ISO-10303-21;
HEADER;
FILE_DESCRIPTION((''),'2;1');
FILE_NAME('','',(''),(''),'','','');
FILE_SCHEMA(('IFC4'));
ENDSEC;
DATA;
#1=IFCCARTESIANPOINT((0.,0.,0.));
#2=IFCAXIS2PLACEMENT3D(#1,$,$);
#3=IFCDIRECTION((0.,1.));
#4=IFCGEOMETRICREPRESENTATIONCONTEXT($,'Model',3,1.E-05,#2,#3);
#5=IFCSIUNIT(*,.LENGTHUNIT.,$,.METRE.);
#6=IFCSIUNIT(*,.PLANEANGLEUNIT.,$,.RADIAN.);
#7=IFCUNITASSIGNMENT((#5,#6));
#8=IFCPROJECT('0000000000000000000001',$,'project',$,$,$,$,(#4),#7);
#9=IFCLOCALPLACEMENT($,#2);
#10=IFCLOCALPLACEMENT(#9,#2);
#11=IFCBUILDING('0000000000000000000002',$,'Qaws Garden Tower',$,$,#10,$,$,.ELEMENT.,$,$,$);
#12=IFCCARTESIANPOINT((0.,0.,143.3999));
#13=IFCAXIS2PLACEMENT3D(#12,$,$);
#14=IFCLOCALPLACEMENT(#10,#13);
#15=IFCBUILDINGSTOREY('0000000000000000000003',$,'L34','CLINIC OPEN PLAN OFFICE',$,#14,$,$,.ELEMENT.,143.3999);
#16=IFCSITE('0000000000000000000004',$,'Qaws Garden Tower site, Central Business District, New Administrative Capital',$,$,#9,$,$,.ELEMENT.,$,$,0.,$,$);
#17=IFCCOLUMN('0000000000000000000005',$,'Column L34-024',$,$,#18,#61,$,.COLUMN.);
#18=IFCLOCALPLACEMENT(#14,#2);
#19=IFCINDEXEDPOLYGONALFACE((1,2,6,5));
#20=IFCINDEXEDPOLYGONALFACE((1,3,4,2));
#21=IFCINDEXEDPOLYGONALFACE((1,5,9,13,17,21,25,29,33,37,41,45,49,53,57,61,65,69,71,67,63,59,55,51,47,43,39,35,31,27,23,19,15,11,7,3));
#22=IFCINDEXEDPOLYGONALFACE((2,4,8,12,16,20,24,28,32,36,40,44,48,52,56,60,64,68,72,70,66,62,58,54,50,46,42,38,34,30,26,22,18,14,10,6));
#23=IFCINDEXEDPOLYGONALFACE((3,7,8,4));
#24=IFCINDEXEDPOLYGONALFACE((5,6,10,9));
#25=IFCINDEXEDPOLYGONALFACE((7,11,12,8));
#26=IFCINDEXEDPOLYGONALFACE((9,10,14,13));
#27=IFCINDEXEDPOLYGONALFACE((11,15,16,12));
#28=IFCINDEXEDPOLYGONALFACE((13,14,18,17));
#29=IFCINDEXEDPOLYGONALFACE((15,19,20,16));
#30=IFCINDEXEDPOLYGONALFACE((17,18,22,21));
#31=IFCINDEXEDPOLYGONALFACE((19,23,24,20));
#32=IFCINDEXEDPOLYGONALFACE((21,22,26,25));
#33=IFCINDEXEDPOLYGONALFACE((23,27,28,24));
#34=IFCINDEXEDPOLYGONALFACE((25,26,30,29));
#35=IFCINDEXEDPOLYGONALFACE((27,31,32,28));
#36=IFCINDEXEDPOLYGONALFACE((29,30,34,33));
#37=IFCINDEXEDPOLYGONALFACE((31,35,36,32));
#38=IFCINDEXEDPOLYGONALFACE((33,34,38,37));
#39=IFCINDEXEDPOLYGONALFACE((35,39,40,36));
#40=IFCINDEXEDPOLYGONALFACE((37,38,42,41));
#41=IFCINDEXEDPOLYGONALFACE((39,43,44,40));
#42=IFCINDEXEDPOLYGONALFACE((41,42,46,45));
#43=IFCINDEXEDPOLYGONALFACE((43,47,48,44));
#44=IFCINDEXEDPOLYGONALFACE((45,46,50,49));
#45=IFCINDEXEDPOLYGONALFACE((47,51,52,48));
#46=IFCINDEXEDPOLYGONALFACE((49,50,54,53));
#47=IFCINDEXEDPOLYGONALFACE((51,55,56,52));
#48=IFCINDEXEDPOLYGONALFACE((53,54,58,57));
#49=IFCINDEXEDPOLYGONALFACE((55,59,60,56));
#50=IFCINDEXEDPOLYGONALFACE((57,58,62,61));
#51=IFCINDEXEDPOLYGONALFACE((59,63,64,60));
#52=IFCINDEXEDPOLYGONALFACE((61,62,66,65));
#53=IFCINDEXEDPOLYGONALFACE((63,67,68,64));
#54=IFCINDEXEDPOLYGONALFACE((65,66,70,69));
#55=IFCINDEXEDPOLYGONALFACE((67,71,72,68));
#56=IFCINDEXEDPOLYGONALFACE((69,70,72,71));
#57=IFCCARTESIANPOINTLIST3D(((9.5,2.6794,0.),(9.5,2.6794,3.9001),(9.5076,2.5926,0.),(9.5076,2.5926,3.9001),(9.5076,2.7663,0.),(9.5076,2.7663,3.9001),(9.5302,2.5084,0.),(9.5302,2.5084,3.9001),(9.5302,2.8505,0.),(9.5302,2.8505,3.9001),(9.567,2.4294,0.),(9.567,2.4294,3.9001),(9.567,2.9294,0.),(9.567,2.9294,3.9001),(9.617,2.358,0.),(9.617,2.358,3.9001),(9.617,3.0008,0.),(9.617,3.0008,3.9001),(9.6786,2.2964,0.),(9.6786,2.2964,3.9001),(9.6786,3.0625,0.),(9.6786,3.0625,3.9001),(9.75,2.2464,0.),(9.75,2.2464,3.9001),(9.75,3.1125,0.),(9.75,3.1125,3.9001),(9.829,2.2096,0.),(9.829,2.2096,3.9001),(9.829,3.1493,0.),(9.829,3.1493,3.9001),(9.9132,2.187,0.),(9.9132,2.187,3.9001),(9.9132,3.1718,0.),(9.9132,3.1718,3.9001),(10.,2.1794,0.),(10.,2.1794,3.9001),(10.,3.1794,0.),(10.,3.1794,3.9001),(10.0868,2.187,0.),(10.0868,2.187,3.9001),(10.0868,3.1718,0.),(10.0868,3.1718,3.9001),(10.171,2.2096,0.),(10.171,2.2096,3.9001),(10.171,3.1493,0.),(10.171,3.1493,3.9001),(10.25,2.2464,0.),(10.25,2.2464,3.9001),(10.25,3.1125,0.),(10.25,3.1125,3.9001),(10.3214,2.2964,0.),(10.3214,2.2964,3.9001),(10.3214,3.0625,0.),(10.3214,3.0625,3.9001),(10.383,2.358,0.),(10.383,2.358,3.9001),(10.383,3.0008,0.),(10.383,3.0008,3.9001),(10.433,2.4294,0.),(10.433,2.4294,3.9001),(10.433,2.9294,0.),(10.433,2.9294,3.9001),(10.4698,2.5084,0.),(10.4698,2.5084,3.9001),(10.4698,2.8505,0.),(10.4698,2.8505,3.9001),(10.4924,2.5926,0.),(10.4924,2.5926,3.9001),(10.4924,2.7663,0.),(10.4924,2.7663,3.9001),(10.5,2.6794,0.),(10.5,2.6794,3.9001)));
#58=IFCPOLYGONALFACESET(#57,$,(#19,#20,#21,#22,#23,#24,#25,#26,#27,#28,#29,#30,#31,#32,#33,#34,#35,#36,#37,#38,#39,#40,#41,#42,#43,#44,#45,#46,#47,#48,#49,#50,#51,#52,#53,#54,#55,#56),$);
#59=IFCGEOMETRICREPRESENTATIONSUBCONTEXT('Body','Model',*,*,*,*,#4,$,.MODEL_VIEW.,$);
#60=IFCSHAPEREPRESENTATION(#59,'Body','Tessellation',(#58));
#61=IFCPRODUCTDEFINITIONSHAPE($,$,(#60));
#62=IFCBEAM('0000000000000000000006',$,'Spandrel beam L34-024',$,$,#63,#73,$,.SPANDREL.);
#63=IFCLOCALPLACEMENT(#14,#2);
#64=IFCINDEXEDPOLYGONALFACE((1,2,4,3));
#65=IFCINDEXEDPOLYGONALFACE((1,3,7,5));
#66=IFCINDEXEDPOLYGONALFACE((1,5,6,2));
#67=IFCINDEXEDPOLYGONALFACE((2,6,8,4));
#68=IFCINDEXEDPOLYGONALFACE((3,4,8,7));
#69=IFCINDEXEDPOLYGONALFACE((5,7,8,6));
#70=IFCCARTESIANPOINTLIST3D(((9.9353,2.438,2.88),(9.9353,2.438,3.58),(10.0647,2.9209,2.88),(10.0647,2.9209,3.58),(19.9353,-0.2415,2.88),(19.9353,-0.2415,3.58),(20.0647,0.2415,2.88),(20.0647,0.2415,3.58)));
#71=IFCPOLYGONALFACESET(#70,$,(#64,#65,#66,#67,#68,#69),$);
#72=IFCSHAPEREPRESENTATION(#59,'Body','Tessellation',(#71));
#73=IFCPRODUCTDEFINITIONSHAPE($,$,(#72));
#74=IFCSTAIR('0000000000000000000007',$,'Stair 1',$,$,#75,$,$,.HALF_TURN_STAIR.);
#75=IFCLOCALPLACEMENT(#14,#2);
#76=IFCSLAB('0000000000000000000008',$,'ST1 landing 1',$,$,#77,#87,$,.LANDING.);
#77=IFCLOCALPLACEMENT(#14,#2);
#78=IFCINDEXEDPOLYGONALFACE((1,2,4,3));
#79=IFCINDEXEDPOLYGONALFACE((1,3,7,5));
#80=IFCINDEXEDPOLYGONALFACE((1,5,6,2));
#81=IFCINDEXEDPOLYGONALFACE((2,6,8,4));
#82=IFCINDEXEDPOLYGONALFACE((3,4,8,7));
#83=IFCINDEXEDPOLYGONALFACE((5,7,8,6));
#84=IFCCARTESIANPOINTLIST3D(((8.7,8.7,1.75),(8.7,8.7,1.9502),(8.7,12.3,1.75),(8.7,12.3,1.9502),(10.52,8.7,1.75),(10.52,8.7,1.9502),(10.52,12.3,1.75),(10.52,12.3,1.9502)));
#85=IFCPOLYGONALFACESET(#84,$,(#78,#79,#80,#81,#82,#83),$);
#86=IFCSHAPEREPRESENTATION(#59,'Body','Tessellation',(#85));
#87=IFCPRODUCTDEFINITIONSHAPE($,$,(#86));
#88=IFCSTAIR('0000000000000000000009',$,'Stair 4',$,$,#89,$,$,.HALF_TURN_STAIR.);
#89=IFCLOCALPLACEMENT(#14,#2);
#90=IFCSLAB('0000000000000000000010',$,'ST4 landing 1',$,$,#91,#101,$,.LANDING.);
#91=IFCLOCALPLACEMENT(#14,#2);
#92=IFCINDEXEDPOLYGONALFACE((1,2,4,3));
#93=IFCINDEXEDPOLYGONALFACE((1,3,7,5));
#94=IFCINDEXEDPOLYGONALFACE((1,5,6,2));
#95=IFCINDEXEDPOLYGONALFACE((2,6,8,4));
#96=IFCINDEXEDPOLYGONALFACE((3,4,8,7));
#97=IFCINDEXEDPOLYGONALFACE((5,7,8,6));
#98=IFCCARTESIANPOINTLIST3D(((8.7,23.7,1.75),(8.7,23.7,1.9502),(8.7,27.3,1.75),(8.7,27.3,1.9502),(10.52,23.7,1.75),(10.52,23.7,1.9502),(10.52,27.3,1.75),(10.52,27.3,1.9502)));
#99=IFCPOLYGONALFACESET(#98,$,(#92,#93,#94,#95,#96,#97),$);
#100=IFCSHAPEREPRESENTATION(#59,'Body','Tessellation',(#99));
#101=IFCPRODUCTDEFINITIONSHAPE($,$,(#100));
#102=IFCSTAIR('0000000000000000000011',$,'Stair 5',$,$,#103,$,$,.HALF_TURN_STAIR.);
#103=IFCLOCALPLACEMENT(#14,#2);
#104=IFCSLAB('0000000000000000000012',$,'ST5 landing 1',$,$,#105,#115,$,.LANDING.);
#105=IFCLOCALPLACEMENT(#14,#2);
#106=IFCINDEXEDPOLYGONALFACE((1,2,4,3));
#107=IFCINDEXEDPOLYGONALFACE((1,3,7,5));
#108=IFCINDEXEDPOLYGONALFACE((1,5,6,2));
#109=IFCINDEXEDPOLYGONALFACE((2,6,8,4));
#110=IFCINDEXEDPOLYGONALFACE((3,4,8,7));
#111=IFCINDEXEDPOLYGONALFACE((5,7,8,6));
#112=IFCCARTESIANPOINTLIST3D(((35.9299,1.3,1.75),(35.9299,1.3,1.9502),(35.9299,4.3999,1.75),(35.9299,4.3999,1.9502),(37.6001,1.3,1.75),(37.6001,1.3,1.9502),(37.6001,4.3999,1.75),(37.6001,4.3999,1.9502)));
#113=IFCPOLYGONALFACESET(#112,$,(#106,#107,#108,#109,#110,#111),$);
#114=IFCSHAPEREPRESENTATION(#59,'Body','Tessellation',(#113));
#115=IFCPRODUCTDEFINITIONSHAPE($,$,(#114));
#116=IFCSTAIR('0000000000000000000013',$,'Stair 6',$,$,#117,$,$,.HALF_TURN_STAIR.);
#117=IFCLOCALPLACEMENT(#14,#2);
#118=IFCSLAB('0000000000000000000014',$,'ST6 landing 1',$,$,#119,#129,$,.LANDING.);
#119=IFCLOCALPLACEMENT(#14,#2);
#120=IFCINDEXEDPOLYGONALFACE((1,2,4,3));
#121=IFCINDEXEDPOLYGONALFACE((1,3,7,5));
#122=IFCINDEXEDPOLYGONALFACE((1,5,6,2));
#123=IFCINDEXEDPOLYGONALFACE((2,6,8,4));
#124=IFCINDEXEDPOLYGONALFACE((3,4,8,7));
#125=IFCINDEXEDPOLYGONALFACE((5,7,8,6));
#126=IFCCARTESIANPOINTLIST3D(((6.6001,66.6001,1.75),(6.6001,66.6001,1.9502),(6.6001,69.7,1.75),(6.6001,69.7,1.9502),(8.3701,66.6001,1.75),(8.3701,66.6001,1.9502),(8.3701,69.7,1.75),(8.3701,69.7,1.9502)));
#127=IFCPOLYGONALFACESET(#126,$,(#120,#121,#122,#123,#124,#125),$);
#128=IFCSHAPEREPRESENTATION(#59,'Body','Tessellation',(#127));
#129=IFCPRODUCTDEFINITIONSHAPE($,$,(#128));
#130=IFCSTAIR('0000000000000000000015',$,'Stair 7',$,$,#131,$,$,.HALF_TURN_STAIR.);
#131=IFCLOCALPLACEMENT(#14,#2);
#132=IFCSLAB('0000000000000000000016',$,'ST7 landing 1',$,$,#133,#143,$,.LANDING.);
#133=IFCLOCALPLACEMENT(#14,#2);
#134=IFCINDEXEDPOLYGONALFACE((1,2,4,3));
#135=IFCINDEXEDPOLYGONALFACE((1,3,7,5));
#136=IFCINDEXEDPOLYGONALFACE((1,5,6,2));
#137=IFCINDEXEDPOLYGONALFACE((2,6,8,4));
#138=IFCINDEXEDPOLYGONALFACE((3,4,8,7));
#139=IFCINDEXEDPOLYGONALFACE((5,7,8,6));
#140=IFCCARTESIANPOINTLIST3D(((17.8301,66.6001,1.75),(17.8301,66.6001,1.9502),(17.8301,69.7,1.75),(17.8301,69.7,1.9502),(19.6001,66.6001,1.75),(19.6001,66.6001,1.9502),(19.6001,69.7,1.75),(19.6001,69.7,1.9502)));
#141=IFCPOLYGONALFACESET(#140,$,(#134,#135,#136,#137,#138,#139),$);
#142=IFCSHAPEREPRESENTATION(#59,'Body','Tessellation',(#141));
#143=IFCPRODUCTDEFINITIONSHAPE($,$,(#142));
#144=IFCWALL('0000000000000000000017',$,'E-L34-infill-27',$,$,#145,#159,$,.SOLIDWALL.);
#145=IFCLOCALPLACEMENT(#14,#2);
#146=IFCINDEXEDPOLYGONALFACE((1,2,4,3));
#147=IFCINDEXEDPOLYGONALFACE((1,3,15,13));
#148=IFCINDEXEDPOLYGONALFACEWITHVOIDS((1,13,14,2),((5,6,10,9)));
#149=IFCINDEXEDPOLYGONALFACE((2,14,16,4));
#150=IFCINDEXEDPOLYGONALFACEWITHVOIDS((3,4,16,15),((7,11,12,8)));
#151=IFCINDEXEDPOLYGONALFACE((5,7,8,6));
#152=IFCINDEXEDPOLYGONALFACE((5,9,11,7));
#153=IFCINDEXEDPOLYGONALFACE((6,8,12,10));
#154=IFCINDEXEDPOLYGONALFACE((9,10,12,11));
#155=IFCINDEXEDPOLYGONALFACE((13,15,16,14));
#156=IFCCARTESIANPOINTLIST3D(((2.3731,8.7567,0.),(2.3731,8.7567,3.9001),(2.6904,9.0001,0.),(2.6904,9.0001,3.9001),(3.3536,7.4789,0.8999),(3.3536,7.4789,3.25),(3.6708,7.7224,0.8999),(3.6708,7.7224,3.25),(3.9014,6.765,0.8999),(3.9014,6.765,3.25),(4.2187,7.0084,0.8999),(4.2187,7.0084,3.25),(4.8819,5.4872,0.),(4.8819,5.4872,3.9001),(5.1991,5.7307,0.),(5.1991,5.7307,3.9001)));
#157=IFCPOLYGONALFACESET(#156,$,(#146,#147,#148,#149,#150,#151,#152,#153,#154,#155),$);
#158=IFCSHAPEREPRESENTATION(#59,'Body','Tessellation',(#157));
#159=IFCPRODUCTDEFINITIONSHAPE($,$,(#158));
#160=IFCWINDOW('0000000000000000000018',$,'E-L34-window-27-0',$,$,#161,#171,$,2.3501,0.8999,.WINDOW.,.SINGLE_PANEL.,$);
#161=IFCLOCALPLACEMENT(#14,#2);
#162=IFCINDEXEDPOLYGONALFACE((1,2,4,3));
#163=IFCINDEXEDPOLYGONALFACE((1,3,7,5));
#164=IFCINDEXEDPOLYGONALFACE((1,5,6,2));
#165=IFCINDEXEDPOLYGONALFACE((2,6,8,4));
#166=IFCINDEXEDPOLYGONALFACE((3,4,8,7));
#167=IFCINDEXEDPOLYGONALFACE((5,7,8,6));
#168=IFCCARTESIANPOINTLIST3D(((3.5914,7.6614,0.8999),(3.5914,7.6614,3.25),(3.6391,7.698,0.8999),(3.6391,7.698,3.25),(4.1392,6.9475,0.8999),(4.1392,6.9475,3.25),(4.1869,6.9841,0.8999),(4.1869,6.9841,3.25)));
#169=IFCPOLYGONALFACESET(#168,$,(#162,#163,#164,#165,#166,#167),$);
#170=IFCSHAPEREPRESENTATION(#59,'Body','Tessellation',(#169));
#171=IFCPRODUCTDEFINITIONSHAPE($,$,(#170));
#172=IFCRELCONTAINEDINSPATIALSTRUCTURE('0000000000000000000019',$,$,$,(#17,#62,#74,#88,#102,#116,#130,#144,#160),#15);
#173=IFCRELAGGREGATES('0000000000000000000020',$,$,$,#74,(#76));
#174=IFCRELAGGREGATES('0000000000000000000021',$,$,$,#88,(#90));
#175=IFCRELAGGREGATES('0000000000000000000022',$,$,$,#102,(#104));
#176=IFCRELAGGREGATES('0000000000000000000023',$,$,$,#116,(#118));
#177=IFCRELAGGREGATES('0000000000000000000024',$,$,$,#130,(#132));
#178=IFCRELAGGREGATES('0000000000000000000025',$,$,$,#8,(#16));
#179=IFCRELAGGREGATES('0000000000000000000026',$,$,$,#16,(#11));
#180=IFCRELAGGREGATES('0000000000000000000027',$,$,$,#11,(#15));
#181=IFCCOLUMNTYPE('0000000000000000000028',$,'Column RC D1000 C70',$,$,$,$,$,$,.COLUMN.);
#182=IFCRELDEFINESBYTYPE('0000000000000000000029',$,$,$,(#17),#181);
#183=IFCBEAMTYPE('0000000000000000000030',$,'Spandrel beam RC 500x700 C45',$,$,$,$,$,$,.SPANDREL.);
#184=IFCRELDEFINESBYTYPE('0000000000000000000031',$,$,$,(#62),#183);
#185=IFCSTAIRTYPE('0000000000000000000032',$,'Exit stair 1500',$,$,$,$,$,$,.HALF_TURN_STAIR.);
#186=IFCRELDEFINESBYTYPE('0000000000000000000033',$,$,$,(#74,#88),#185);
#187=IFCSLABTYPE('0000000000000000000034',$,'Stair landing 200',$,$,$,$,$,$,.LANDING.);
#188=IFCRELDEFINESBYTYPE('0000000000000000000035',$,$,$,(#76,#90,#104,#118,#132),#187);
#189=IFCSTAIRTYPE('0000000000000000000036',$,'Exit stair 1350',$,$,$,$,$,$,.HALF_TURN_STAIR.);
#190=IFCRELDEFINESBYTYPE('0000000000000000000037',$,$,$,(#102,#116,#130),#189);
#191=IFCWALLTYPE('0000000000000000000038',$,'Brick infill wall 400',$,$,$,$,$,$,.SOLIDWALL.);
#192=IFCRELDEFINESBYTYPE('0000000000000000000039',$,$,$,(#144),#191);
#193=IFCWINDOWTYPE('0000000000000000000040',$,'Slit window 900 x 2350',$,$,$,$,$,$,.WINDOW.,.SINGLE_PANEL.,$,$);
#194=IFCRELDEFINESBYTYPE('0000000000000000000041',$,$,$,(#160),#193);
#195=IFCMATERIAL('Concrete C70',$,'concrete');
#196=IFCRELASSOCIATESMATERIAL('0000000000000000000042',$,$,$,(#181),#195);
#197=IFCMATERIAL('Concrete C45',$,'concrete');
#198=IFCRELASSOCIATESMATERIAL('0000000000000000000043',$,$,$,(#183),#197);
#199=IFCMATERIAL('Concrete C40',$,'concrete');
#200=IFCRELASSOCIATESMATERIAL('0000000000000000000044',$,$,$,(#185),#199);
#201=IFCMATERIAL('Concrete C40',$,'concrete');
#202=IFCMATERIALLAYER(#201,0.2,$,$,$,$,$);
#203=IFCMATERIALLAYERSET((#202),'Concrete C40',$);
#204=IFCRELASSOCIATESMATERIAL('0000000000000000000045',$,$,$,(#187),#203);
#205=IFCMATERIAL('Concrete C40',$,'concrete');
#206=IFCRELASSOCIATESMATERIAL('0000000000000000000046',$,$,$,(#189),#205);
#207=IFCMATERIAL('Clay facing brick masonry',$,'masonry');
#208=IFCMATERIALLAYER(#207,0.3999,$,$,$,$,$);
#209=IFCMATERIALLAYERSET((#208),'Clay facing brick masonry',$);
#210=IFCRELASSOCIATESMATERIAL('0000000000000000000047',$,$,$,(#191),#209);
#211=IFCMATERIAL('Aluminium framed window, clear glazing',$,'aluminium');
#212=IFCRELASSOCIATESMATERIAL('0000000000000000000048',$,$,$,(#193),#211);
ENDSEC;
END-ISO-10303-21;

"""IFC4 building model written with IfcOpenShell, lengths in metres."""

from ifc_helpers import new_model, si_unit, direction, frame, frame_2d, origin, origin_2d, place, context, subcontext, project, spatial, polyline, rectangle, circle, outline, extrude, material, layer, layer_set, material_profile, profile_set, type_object, element, fill, aggregate, save


model = new_model("IFC4")

# Units and contexts
model_context = context("Model", 3, precision=1e-05, world=origin(), true_north=direction((0.0, 1.0)))
body_context = subcontext(model_context, "Body", "Model", "MODEL_VIEW")
ifc_project = project(units=[si_unit("LENGTHUNIT", "METRE"), si_unit("PLANEANGLEUNIT", "RADIAN")], contexts=[model_context])

# Site, building, storey
site_placement = place(None, origin())
site = spatial("IfcSite", under=ifc_project, at=site_placement, Name="Qaws Garden Tower site, Central Business District, New Administrative Capital", CompositionType="ELEMENT", RefElevation=0.0)
building_placement = place(site_placement, origin())
building = spatial("IfcBuilding", under=site, at=building_placement, Name="Qaws Garden Tower", CompositionType="ELEMENT")
storey_placement = place(building_placement, frame((0.0, 0.0, 143.3999)))
storey = spatial("IfcBuildingStorey", under=building, at=storey_placement, Name="L34", Description="CLINIC OPEN PLAN OFFICE", CompositionType="ELEMENT", Elevation=143.3999)

# Column
ifc_material_1 = material(Name="Concrete C70", Category="concrete")
ifc_material_profile_1 = material_profile(ifc_material_1, circle(Radius=0.5, at=origin_2d()), Name="RC D1000")
ifc_profile_set_1 = profile_set([ifc_material_profile_1], Name="Concrete C70")
column_type = type_object("IfcColumnType", Name="Column RC D1000 C70", PredefinedType="COLUMN", material=ifc_profile_set_1)
column_placement = place(storey_placement, frame((10.0, 2.6794, 0.0), z_axis=(0.0, 0.0, 1.0), x_axis=(1.0, 0.0, 0.0)))
element("IfcColumn", 1, at=column_placement, inside=storey, type_object=column_type, Name="Column L34-024", PredefinedType="COLUMN", context=body_context, shape_type="SweptSolid", body=[
    extrude(circle(Radius=0.5, at=origin_2d()), origin(), (0.0, 0.0, 1.0), 3.9001),
])

# Beam
ifc_material_2 = material(Name="Concrete C45", Category="concrete")
ifc_material_profile_2 = material_profile(ifc_material_2, rectangle(XDim=0.5, YDim=0.7, at=origin_2d()), Name="RC 500x700")
ifc_profile_set_2 = profile_set([ifc_material_profile_2], Name="Concrete C45")
beam_type = type_object("IfcBeamType", Name="Spandrel beam RC 500x700 C45", PredefinedType="SPANDREL", material=ifc_profile_set_2)
beam_placement = place(storey_placement, frame((10.0, 2.6794, 3.23), z_axis=(0.965927, -0.258815, 0.0), x_axis=(0.258815, 0.965927, 0.0)))
element("IfcBeam", 2, at=beam_placement, inside=storey, type_object=beam_type, Name="Spandrel beam L34-024", PredefinedType="SPANDREL", context=body_context, shape_type="SweptSolid", body=[
    extrude(rectangle(XDim=0.5, YDim=0.7, at=origin_2d()), origin(), (0.0, 0.0, 1.0), 10.3528),
])

# Stairs, slabs
ifc_material_3 = material(Name="Concrete C40", Category="concrete")
stair_type_1 = type_object("IfcStairType", Name="Exit stair 1500", PredefinedType="HALF_TURN_STAIR", material=ifc_material_3)
placement_1 = place(storey_placement, origin())
stair_1 = element("IfcStair", 3, at=placement_1, inside=storey, type_object=stair_type_1, Name="Stair 1", PredefinedType="HALF_TURN_STAIR")
ifc_material_4 = material(Name="Concrete C40", Category="concrete")
ifc_layer_1 = layer(ifc_material_4, 0.2)
ifc_layer_set_1 = layer_set([ifc_layer_1], Name="Concrete C40")
slab_type = type_object("IfcSlabType", Name="Stair landing 200", PredefinedType="LANDING", material=ifc_layer_set_1)
placement_2 = place(storey_placement, frame((0.0, 0.0, 1.75)))
slab_1 = element("IfcSlab", 4, at=placement_2, type_object=slab_type, Name="ST1 landing 1", PredefinedType="LANDING", context=body_context, shape_type="SweptSolid", body=[
    extrude(outline(polyline([(8.7, 8.7), (10.52, 8.7), (10.52, 12.3), (8.7, 12.3), (8.7, 8.7)])), origin(), (0.0, 0.0, 1.0), 0.2002),
])
aggregate(stair_1, [slab_1])
stair_2 = element("IfcStair", 5, at=placement_1, inside=storey, type_object=stair_type_1, Name="Stair 4", PredefinedType="HALF_TURN_STAIR")
slab_2 = element("IfcSlab", 6, at=placement_2, type_object=slab_type, Name="ST4 landing 1", PredefinedType="LANDING", context=body_context, shape_type="SweptSolid", body=[
    extrude(outline(polyline([(8.7, 23.7), (10.52, 23.7), (10.52, 27.3), (8.7, 27.3), (8.7, 23.7)])), origin(), (0.0, 0.0, 1.0), 0.2002),
])
aggregate(stair_2, [slab_2])
ifc_material_5 = material(Name="Concrete C40", Category="concrete")
stair_type_2 = type_object("IfcStairType", Name="Exit stair 1350", PredefinedType="HALF_TURN_STAIR", material=ifc_material_5)
stair_3 = element("IfcStair", 7, at=placement_1, inside=storey, type_object=stair_type_2, Name="Stair 5", PredefinedType="HALF_TURN_STAIR")
slab_3 = element("IfcSlab", 8, at=placement_2, type_object=slab_type, Name="ST5 landing 1", PredefinedType="LANDING", context=body_context, shape_type="SweptSolid", body=[
    extrude(outline(polyline([(35.9299, 1.3), (37.6001, 1.3), (37.6001, 4.3999), (35.9299, 4.3999), (35.9299, 1.3)])), origin(), (0.0, 0.0, 1.0), 0.2002),
])
aggregate(stair_3, [slab_3])
stair_4 = element("IfcStair", 9, at=placement_1, inside=storey, type_object=stair_type_2, Name="Stair 6", PredefinedType="HALF_TURN_STAIR")
slab_4 = element("IfcSlab", 10, at=placement_2, type_object=slab_type, Name="ST6 landing 1", PredefinedType="LANDING", context=body_context, shape_type="SweptSolid", body=[
    extrude(outline(polyline([(6.6001, 66.6001), (8.3701, 66.6001), (8.3701, 69.7), (6.6001, 69.7), (6.6001, 66.6001)])), origin(), (0.0, 0.0, 1.0), 0.2002),
])
aggregate(stair_4, [slab_4])
stair_5 = element("IfcStair", 11, at=placement_1, inside=storey, type_object=stair_type_2, Name="Stair 7", PredefinedType="HALF_TURN_STAIR")
slab_5 = element("IfcSlab", 12, at=placement_2, type_object=slab_type, Name="ST7 landing 1", PredefinedType="LANDING", context=body_context, shape_type="SweptSolid", body=[
    extrude(outline(polyline([(17.8301, 66.6001), (19.6001, 66.6001), (19.6001, 69.7), (17.8301, 69.7), (17.8301, 66.6001)])), origin(), (0.0, 0.0, 1.0), 0.2002),
])
aggregate(stair_5, [slab_5])

# Wall, opening, window
ifc_material_6 = material(Name="Clay facing brick masonry", Category="masonry")
ifc_layer_2 = layer(ifc_material_6, 0.3999)
ifc_layer_set_2 = layer_set([ifc_layer_2], Name="Clay facing brick masonry")
wall_type_1 = type_object("IfcWallType", Name="Brick infill wall 400", PredefinedType="SOLIDWALL", material=ifc_layer_set_2)
wall_1_placement = place(storey_placement, frame((2.5317, 8.8784, 0.0), z_axis=(0.0, 0.0, 1.0), x_axis=(0.60876, -0.793355, 0.0)))
wall_1 = element("IfcWall", 13, at=wall_1_placement, inside=storey, type_object=wall_type_1, Name="E-L34-infill-27", PredefinedType="SOLIDWALL", context=body_context, shape_type="SweptSolid", body=[
    extrude(rectangle(XDim=4.1211, YDim=0.3999, at=frame_2d((2.0605, 0.0))), origin(), (0.0, 0.0, 1.0), 3.9001),
])
opening_1_placement = place(wall_1_placement, frame((1.6106, 0.0, 0.8999)))
opening_1 = element("IfcOpeningElement", 14, at=opening_1_placement, cuts=wall_1, PredefinedType="OPENING", context=body_context, shape_type="SweptSolid", body=[
    extrude(rectangle(XDim=0.8999, YDim=2.3501, at=frame_2d((0.45, 1.175))), frame((0.0, 0.21, 0.0), z_axis=(0.0, -1.0, 0.0), x_axis=(1.0, 0.0, 0.0)), (0.0, 0.0, 1.0), 0.4199),
])
ifc_material_7 = material(Name="Aluminium framed window, clear glazing", Category="aluminium")
window_type = type_object("IfcWindowType", Name="Slit window 900 x 2350", PartitioningType="SINGLE_PANEL", PredefinedType="WINDOW", material=ifc_material_7)
window_1_placement = place(opening_1_placement, origin())
window_1 = element("IfcWindow", 15, at=window_1_placement, inside=storey, type_object=window_type, Name="E-L34-window-27-0", OverallHeight=2.3501, OverallWidth=0.8999, PartitioningType="SINGLE_PANEL", PredefinedType="WINDOW", context=body_context, shape_type="SweptSolid", body=[
    extrude(rectangle(XDim=0.8999, YDim=2.3501, at=frame_2d((0.45, 1.175))), frame((0.0, 0.1599, 0.0), z_axis=(0.0, -1.0, 0.0), x_axis=(1.0, 0.0, 0.0)), (0.0, 0.0, 1.0), 0.0601),
])
fill(opening_1, window_1)

save(model, "model.ifc")
